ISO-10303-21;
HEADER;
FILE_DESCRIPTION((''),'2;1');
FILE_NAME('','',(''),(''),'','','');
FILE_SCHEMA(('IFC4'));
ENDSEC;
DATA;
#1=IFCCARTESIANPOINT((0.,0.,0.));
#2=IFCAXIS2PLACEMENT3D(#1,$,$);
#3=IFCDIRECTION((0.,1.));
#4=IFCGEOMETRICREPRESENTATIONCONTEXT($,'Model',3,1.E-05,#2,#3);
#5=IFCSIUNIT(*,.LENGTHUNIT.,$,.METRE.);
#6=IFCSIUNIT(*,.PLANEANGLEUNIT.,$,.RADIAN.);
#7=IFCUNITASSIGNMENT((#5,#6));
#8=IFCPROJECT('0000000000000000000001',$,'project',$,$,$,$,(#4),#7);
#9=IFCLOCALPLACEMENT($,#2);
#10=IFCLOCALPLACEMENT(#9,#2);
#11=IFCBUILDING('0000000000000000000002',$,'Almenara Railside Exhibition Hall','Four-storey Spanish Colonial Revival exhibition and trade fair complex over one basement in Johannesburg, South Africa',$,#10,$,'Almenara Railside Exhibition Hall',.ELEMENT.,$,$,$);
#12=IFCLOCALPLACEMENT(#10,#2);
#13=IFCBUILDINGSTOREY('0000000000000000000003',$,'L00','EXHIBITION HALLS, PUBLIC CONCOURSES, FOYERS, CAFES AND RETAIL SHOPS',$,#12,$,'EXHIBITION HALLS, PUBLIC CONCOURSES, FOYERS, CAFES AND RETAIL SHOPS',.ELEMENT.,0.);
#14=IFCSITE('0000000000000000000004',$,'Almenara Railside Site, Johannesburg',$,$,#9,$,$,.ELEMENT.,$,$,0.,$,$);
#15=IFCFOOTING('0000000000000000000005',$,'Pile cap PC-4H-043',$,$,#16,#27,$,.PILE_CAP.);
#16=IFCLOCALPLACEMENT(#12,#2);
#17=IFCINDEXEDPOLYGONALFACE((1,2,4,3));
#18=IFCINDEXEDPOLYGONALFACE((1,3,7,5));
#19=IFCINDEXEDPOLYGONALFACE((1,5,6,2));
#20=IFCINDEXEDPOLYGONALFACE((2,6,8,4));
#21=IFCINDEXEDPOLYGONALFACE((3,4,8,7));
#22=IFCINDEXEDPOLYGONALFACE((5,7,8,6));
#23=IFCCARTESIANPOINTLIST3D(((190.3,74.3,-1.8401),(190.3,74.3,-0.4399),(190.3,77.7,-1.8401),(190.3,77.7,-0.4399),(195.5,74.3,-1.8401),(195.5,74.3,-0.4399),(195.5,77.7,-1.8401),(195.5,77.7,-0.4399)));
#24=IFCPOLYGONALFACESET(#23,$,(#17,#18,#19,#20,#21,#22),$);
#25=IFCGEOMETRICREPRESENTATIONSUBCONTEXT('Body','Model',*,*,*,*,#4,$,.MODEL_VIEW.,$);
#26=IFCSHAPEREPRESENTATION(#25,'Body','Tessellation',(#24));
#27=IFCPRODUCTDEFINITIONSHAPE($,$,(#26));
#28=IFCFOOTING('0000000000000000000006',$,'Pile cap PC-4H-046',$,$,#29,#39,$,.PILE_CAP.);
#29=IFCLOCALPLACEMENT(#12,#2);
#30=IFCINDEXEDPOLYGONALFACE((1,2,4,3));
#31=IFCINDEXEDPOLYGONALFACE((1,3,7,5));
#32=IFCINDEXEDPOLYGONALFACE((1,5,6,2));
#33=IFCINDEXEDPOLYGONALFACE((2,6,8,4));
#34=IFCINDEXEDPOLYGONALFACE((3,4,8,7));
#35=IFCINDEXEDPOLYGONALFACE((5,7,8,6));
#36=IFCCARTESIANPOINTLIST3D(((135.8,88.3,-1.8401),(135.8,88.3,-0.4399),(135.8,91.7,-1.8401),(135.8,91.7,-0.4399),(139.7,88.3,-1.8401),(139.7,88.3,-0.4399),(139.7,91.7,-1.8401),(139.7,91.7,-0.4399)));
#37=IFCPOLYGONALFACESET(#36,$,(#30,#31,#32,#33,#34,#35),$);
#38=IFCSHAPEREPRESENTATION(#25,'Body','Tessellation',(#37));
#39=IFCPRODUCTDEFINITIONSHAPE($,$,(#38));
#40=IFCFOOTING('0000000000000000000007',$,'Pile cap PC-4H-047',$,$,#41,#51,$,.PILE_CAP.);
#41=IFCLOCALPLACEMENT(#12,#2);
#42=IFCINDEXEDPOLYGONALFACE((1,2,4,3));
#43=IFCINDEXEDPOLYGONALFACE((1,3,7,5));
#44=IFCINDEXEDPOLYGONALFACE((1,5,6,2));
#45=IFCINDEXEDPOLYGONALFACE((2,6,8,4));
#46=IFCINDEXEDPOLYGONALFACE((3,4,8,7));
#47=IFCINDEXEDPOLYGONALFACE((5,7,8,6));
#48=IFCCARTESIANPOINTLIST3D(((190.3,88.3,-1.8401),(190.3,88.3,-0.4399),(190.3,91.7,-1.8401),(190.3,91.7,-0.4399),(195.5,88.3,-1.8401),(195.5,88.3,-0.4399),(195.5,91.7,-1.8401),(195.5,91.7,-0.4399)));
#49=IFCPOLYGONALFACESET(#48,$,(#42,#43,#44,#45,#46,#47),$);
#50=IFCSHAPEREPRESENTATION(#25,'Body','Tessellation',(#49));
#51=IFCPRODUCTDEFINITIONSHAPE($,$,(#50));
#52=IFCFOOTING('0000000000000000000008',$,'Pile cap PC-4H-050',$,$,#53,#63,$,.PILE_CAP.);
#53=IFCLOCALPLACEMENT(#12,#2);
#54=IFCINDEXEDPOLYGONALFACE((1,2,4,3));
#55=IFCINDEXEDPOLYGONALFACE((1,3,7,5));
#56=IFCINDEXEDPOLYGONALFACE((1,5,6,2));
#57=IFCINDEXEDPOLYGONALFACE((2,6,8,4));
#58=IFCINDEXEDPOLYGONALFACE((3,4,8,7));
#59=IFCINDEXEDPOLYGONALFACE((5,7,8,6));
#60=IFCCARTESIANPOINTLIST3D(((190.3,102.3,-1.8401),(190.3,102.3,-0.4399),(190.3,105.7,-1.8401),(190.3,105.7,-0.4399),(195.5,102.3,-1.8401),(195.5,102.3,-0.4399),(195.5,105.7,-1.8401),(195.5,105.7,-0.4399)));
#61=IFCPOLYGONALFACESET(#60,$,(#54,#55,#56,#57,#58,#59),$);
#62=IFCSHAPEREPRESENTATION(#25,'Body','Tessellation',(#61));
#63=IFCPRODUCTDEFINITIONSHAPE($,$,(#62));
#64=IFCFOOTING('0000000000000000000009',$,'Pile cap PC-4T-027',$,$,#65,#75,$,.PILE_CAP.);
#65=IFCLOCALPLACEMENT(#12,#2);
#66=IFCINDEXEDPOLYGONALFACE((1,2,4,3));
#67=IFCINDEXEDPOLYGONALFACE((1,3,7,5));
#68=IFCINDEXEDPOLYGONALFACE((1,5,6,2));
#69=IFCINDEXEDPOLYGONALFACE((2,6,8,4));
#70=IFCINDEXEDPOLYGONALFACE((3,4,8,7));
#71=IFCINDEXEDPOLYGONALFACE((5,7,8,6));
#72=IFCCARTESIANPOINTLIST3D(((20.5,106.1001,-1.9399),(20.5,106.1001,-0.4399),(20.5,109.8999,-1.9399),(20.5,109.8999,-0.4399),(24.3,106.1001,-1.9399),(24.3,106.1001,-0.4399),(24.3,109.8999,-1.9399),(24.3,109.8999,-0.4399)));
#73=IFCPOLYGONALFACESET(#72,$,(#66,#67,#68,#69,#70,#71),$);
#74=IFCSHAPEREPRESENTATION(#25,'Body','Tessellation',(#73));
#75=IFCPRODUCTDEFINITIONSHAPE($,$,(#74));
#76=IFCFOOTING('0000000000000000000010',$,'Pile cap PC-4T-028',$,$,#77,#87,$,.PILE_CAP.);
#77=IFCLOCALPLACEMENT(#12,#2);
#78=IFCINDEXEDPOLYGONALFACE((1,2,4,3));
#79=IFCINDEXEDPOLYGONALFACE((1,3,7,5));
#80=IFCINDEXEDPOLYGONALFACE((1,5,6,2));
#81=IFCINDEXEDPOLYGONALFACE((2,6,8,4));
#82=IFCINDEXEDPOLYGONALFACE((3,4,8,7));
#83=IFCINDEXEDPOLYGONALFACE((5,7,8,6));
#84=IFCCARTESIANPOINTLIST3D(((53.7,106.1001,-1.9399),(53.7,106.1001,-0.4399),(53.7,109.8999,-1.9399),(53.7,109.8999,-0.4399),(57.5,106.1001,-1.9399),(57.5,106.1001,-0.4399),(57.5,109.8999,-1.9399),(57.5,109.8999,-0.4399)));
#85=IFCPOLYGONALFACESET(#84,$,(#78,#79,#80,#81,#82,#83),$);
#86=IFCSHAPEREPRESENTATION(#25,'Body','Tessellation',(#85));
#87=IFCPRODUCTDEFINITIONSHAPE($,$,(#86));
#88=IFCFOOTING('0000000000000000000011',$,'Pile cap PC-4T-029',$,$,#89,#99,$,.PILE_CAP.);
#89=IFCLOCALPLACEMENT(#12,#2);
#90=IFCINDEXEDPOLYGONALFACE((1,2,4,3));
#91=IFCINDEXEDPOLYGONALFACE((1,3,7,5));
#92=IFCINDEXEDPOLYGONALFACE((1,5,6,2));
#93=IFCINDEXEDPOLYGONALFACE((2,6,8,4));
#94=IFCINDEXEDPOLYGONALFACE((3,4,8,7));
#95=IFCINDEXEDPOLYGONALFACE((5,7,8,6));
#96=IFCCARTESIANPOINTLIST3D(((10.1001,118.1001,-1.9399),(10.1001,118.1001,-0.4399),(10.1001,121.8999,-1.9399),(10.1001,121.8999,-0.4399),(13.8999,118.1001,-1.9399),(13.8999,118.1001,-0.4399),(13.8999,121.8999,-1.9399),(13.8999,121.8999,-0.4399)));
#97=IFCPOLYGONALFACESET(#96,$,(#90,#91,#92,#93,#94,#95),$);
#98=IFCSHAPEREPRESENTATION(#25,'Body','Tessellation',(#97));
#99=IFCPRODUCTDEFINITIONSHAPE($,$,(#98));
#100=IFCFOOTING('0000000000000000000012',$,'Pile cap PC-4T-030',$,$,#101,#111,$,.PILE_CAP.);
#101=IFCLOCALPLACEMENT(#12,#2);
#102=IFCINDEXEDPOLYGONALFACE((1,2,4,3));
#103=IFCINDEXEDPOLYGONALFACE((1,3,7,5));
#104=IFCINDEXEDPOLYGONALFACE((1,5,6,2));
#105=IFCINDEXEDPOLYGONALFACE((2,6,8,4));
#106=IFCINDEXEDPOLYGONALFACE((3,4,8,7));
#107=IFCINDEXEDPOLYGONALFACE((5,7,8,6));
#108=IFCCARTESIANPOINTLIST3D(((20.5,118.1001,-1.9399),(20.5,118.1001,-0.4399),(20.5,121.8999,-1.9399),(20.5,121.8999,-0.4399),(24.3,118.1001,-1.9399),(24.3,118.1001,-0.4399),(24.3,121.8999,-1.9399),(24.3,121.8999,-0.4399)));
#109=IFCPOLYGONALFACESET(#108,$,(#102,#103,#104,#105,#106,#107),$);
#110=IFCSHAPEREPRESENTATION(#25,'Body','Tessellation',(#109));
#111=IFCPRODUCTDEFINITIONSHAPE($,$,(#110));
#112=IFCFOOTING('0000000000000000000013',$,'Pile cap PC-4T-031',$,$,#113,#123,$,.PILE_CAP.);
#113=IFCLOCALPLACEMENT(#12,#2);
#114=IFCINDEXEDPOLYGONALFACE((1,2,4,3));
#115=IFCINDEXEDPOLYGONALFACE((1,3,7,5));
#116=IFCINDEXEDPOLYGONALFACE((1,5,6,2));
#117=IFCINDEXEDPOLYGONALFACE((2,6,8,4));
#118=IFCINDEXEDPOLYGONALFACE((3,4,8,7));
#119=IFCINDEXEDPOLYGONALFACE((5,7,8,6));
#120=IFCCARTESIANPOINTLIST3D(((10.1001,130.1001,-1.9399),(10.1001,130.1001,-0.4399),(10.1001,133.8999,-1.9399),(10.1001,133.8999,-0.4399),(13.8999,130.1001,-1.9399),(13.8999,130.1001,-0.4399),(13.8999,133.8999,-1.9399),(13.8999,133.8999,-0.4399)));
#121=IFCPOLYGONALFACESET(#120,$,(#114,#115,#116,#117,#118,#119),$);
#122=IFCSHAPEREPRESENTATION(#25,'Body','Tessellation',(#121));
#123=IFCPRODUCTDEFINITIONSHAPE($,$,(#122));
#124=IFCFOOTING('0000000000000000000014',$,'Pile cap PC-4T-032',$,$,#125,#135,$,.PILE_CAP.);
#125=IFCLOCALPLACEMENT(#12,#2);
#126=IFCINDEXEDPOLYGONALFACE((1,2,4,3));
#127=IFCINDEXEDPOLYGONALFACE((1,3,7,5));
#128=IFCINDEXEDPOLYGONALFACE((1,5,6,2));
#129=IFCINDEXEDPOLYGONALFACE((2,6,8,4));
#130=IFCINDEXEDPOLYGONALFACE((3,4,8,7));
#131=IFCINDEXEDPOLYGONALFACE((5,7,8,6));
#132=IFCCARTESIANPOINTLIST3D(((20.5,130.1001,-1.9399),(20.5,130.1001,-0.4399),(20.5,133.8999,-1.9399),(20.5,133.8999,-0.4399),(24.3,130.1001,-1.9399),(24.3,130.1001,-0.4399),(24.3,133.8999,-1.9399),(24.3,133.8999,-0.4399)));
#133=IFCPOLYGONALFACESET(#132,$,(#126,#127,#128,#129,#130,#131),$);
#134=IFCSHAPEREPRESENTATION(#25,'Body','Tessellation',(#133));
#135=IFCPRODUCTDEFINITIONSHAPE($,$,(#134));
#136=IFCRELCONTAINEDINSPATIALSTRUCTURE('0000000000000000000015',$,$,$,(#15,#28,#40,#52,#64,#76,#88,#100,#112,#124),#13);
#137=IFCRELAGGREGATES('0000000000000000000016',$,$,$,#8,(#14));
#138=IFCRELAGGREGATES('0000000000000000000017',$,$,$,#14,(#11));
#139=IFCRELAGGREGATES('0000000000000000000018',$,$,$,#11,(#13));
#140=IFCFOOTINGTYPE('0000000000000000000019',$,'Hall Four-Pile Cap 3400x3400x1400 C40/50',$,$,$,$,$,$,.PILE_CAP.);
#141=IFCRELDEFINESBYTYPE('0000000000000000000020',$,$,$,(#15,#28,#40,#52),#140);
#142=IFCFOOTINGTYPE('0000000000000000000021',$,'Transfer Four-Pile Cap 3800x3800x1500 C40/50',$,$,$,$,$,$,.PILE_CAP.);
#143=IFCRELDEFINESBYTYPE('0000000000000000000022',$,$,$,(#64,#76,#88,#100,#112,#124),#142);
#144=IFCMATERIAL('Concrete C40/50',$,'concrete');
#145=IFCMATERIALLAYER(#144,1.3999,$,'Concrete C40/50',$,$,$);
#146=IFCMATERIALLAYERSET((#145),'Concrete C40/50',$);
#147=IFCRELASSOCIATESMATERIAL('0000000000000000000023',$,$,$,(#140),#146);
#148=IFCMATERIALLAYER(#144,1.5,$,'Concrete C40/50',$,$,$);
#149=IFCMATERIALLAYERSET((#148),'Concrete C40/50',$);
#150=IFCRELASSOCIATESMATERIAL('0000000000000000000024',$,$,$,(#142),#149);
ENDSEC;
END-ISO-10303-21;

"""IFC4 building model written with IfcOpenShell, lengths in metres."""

from ifc_helpers import new_model, si_unit, direction, frame, origin, place, context, subcontext, project, spatial, polyline, outline, extrude, material, layer, layer_set, type_object, element, save


model = new_model("IFC4")

# Units and contexts
model_context = context("Model", 3, precision=1e-05, world=origin(), true_north=direction((0.0, 1.0)))
body_context = subcontext(model_context, "Body", "Model", "MODEL_VIEW")
ifc_project = project(units=[si_unit("LENGTHUNIT", "METRE"), si_unit("PLANEANGLEUNIT", "RADIAN")], contexts=[model_context])

# Site, building, storey
site_placement = place(None, origin())
site = spatial("IfcSite", under=ifc_project, at=site_placement, Name="Almenara Railside Site, Johannesburg", CompositionType="ELEMENT", RefElevation=0.0)
building_placement = place(site_placement, origin())
building = spatial("IfcBuilding", under=site, at=building_placement, Name="Almenara Railside Exhibition Hall", Description="Four-storey Spanish Colonial Revival exhibition and trade fair complex over one basement in Johannesburg, South Africa", LongName="Almenara Railside Exhibition Hall", CompositionType="ELEMENT")
storey_placement = place(building_placement, origin())
storey = spatial("IfcBuildingStorey", under=building, at=storey_placement, Name="L00", Description="EXHIBITION HALLS, PUBLIC CONCOURSES, FOYERS, CAFES AND RETAIL SHOPS", LongName="EXHIBITION HALLS, PUBLIC CONCOURSES, FOYERS, CAFES AND RETAIL SHOPS", CompositionType="ELEMENT", Elevation=0.0)

# Footings
ifc_material = material(Name="Concrete C40/50", Category="concrete")
ifc_layer_1 = layer(ifc_material, 1.3999, Name="Concrete C40/50")
ifc_layer_set_1 = layer_set([ifc_layer_1], Name="Concrete C40/50")
footing_type_1 = type_object("IfcFootingType", Name="Hall Four-Pile Cap 3400x3400x1400 C40/50", PredefinedType="PILE_CAP", material=ifc_layer_set_1)
footing_1_placement = place(storey_placement, frame((0.0, 0.0, -1.8401)))
element("IfcFooting", 1, at=footing_1_placement, inside=storey, type_object=footing_type_1, Name="Pile cap PC-4H-043", PredefinedType="PILE_CAP", context=body_context, shape_type="SweptSolid", body=[
    extrude(outline(polyline([(190.3, 74.3), (195.5, 74.3), (195.5, 77.7), (190.3, 77.7), (190.3, 74.3)])), origin(), (0.0, 0.0, 1.0), 1.4001),
])
footing_2_placement = place(storey_placement, frame((0.0, 0.0, -1.8401)))
element("IfcFooting", 2, at=footing_2_placement, inside=storey, type_object=footing_type_1, Name="Pile cap PC-4H-046", PredefinedType="PILE_CAP", context=body_context, shape_type="SweptSolid", body=[
    extrude(outline(polyline([(135.8, 88.3), (139.7, 88.3), (139.7, 91.7), (135.8, 91.7), (135.8, 88.3)])), origin(), (0.0, 0.0, 1.0), 1.4001),
])
footing_3_placement = place(storey_placement, frame((0.0, 0.0, -1.8401)))
element("IfcFooting", 3, at=footing_3_placement, inside=storey, type_object=footing_type_1, Name="Pile cap PC-4H-047", PredefinedType="PILE_CAP", context=body_context, shape_type="SweptSolid", body=[
    extrude(outline(polyline([(190.3, 88.3), (195.5, 88.3), (195.5, 91.7), (190.3, 91.7), (190.3, 88.3)])), origin(), (0.0, 0.0, 1.0), 1.4001),
])
footing_4_placement = place(storey_placement, frame((0.0, 0.0, -1.8401)))
element("IfcFooting", 4, at=footing_4_placement, inside=storey, type_object=footing_type_1, Name="Pile cap PC-4H-050", PredefinedType="PILE_CAP", context=body_context, shape_type="SweptSolid", body=[
    extrude(outline(polyline([(190.3, 102.3), (195.5, 102.3), (195.5, 105.7), (190.3, 105.7), (190.3, 102.3)])), origin(), (0.0, 0.0, 1.0), 1.4001),
])
ifc_layer_2 = layer(ifc_material, 1.5, Name="Concrete C40/50")
ifc_layer_set_2 = layer_set([ifc_layer_2], Name="Concrete C40/50")
footing_type_2 = type_object("IfcFootingType", Name="Transfer Four-Pile Cap 3800x3800x1500 C40/50", PredefinedType="PILE_CAP", material=ifc_layer_set_2)
footing_5_placement = place(storey_placement, frame((0.0, 0.0, -1.9399)))
element("IfcFooting", 5, at=footing_5_placement, inside=storey, type_object=footing_type_2, Name="Pile cap PC-4T-027", PredefinedType="PILE_CAP", context=body_context, shape_type="SweptSolid", body=[
    extrude(outline(polyline([(20.5, 106.1001), (24.3, 106.1001), (24.3, 109.8999), (20.5, 109.8999), (20.5, 106.1001)])), origin(), (0.0, 0.0, 1.0), 1.5),
])
footing_6_placement = place(storey_placement, frame((0.0, 0.0, -1.9399)))
element("IfcFooting", 6, at=footing_6_placement, inside=storey, type_object=footing_type_2, Name="Pile cap PC-4T-028", PredefinedType="PILE_CAP", context=body_context, shape_type="SweptSolid", body=[
    extrude(outline(polyline([(53.7, 106.1001), (57.5, 106.1001), (57.5, 109.8999), (53.7, 109.8999), (53.7, 106.1001)])), origin(), (0.0, 0.0, 1.0), 1.5),
])
footing_7_placement = place(storey_placement, frame((0.0, 0.0, -1.9399)))
element("IfcFooting", 7, at=footing_7_placement, inside=storey, type_object=footing_type_2, Name="Pile cap PC-4T-029", PredefinedType="PILE_CAP", context=body_context, shape_type="SweptSolid", body=[
    extrude(outline(polyline([(10.1001, 118.1001), (13.8999, 118.1001), (13.8999, 121.8999), (10.1001, 121.8999), (10.1001, 118.1001)])), origin(), (0.0, 0.0, 1.0), 1.5),
])
footing_8_placement = place(storey_placement, frame((0.0, 0.0, -1.9399)))
element("IfcFooting", 8, at=footing_8_placement, inside=storey, type_object=footing_type_2, Name="Pile cap PC-4T-030", PredefinedType="PILE_CAP", context=body_context, shape_type="SweptSolid", body=[
    extrude(outline(polyline([(20.5, 118.1001), (24.3, 118.1001), (24.3, 121.8999), (20.5, 121.8999), (20.5, 118.1001)])), origin(), (0.0, 0.0, 1.0), 1.5),
])
footing_9_placement = place(storey_placement, frame((0.0, 0.0, -1.9399)))
element("IfcFooting", 9, at=footing_9_placement, inside=storey, type_object=footing_type_2, Name="Pile cap PC-4T-031", PredefinedType="PILE_CAP", context=body_context, shape_type="SweptSolid", body=[
    extrude(outline(polyline([(10.1001, 130.1001), (13.8999, 130.1001), (13.8999, 133.8999), (10.1001, 133.8999), (10.1001, 130.1001)])), origin(), (0.0, 0.0, 1.0), 1.5),
])
footing_10_placement = place(storey_placement, frame((0.0, 0.0, -1.9399)))
element("IfcFooting", 10, at=footing_10_placement, inside=storey, type_object=footing_type_2, Name="Pile cap PC-4T-032", PredefinedType="PILE_CAP", context=body_context, shape_type="SweptSolid", body=[
    extrude(outline(polyline([(20.5, 130.1001), (24.3, 130.1001), (24.3, 133.8999), (20.5, 133.8999), (20.5, 130.1001)])), origin(), (0.0, 0.0, 1.0), 1.5),
])

save(model, "model.ifc")
